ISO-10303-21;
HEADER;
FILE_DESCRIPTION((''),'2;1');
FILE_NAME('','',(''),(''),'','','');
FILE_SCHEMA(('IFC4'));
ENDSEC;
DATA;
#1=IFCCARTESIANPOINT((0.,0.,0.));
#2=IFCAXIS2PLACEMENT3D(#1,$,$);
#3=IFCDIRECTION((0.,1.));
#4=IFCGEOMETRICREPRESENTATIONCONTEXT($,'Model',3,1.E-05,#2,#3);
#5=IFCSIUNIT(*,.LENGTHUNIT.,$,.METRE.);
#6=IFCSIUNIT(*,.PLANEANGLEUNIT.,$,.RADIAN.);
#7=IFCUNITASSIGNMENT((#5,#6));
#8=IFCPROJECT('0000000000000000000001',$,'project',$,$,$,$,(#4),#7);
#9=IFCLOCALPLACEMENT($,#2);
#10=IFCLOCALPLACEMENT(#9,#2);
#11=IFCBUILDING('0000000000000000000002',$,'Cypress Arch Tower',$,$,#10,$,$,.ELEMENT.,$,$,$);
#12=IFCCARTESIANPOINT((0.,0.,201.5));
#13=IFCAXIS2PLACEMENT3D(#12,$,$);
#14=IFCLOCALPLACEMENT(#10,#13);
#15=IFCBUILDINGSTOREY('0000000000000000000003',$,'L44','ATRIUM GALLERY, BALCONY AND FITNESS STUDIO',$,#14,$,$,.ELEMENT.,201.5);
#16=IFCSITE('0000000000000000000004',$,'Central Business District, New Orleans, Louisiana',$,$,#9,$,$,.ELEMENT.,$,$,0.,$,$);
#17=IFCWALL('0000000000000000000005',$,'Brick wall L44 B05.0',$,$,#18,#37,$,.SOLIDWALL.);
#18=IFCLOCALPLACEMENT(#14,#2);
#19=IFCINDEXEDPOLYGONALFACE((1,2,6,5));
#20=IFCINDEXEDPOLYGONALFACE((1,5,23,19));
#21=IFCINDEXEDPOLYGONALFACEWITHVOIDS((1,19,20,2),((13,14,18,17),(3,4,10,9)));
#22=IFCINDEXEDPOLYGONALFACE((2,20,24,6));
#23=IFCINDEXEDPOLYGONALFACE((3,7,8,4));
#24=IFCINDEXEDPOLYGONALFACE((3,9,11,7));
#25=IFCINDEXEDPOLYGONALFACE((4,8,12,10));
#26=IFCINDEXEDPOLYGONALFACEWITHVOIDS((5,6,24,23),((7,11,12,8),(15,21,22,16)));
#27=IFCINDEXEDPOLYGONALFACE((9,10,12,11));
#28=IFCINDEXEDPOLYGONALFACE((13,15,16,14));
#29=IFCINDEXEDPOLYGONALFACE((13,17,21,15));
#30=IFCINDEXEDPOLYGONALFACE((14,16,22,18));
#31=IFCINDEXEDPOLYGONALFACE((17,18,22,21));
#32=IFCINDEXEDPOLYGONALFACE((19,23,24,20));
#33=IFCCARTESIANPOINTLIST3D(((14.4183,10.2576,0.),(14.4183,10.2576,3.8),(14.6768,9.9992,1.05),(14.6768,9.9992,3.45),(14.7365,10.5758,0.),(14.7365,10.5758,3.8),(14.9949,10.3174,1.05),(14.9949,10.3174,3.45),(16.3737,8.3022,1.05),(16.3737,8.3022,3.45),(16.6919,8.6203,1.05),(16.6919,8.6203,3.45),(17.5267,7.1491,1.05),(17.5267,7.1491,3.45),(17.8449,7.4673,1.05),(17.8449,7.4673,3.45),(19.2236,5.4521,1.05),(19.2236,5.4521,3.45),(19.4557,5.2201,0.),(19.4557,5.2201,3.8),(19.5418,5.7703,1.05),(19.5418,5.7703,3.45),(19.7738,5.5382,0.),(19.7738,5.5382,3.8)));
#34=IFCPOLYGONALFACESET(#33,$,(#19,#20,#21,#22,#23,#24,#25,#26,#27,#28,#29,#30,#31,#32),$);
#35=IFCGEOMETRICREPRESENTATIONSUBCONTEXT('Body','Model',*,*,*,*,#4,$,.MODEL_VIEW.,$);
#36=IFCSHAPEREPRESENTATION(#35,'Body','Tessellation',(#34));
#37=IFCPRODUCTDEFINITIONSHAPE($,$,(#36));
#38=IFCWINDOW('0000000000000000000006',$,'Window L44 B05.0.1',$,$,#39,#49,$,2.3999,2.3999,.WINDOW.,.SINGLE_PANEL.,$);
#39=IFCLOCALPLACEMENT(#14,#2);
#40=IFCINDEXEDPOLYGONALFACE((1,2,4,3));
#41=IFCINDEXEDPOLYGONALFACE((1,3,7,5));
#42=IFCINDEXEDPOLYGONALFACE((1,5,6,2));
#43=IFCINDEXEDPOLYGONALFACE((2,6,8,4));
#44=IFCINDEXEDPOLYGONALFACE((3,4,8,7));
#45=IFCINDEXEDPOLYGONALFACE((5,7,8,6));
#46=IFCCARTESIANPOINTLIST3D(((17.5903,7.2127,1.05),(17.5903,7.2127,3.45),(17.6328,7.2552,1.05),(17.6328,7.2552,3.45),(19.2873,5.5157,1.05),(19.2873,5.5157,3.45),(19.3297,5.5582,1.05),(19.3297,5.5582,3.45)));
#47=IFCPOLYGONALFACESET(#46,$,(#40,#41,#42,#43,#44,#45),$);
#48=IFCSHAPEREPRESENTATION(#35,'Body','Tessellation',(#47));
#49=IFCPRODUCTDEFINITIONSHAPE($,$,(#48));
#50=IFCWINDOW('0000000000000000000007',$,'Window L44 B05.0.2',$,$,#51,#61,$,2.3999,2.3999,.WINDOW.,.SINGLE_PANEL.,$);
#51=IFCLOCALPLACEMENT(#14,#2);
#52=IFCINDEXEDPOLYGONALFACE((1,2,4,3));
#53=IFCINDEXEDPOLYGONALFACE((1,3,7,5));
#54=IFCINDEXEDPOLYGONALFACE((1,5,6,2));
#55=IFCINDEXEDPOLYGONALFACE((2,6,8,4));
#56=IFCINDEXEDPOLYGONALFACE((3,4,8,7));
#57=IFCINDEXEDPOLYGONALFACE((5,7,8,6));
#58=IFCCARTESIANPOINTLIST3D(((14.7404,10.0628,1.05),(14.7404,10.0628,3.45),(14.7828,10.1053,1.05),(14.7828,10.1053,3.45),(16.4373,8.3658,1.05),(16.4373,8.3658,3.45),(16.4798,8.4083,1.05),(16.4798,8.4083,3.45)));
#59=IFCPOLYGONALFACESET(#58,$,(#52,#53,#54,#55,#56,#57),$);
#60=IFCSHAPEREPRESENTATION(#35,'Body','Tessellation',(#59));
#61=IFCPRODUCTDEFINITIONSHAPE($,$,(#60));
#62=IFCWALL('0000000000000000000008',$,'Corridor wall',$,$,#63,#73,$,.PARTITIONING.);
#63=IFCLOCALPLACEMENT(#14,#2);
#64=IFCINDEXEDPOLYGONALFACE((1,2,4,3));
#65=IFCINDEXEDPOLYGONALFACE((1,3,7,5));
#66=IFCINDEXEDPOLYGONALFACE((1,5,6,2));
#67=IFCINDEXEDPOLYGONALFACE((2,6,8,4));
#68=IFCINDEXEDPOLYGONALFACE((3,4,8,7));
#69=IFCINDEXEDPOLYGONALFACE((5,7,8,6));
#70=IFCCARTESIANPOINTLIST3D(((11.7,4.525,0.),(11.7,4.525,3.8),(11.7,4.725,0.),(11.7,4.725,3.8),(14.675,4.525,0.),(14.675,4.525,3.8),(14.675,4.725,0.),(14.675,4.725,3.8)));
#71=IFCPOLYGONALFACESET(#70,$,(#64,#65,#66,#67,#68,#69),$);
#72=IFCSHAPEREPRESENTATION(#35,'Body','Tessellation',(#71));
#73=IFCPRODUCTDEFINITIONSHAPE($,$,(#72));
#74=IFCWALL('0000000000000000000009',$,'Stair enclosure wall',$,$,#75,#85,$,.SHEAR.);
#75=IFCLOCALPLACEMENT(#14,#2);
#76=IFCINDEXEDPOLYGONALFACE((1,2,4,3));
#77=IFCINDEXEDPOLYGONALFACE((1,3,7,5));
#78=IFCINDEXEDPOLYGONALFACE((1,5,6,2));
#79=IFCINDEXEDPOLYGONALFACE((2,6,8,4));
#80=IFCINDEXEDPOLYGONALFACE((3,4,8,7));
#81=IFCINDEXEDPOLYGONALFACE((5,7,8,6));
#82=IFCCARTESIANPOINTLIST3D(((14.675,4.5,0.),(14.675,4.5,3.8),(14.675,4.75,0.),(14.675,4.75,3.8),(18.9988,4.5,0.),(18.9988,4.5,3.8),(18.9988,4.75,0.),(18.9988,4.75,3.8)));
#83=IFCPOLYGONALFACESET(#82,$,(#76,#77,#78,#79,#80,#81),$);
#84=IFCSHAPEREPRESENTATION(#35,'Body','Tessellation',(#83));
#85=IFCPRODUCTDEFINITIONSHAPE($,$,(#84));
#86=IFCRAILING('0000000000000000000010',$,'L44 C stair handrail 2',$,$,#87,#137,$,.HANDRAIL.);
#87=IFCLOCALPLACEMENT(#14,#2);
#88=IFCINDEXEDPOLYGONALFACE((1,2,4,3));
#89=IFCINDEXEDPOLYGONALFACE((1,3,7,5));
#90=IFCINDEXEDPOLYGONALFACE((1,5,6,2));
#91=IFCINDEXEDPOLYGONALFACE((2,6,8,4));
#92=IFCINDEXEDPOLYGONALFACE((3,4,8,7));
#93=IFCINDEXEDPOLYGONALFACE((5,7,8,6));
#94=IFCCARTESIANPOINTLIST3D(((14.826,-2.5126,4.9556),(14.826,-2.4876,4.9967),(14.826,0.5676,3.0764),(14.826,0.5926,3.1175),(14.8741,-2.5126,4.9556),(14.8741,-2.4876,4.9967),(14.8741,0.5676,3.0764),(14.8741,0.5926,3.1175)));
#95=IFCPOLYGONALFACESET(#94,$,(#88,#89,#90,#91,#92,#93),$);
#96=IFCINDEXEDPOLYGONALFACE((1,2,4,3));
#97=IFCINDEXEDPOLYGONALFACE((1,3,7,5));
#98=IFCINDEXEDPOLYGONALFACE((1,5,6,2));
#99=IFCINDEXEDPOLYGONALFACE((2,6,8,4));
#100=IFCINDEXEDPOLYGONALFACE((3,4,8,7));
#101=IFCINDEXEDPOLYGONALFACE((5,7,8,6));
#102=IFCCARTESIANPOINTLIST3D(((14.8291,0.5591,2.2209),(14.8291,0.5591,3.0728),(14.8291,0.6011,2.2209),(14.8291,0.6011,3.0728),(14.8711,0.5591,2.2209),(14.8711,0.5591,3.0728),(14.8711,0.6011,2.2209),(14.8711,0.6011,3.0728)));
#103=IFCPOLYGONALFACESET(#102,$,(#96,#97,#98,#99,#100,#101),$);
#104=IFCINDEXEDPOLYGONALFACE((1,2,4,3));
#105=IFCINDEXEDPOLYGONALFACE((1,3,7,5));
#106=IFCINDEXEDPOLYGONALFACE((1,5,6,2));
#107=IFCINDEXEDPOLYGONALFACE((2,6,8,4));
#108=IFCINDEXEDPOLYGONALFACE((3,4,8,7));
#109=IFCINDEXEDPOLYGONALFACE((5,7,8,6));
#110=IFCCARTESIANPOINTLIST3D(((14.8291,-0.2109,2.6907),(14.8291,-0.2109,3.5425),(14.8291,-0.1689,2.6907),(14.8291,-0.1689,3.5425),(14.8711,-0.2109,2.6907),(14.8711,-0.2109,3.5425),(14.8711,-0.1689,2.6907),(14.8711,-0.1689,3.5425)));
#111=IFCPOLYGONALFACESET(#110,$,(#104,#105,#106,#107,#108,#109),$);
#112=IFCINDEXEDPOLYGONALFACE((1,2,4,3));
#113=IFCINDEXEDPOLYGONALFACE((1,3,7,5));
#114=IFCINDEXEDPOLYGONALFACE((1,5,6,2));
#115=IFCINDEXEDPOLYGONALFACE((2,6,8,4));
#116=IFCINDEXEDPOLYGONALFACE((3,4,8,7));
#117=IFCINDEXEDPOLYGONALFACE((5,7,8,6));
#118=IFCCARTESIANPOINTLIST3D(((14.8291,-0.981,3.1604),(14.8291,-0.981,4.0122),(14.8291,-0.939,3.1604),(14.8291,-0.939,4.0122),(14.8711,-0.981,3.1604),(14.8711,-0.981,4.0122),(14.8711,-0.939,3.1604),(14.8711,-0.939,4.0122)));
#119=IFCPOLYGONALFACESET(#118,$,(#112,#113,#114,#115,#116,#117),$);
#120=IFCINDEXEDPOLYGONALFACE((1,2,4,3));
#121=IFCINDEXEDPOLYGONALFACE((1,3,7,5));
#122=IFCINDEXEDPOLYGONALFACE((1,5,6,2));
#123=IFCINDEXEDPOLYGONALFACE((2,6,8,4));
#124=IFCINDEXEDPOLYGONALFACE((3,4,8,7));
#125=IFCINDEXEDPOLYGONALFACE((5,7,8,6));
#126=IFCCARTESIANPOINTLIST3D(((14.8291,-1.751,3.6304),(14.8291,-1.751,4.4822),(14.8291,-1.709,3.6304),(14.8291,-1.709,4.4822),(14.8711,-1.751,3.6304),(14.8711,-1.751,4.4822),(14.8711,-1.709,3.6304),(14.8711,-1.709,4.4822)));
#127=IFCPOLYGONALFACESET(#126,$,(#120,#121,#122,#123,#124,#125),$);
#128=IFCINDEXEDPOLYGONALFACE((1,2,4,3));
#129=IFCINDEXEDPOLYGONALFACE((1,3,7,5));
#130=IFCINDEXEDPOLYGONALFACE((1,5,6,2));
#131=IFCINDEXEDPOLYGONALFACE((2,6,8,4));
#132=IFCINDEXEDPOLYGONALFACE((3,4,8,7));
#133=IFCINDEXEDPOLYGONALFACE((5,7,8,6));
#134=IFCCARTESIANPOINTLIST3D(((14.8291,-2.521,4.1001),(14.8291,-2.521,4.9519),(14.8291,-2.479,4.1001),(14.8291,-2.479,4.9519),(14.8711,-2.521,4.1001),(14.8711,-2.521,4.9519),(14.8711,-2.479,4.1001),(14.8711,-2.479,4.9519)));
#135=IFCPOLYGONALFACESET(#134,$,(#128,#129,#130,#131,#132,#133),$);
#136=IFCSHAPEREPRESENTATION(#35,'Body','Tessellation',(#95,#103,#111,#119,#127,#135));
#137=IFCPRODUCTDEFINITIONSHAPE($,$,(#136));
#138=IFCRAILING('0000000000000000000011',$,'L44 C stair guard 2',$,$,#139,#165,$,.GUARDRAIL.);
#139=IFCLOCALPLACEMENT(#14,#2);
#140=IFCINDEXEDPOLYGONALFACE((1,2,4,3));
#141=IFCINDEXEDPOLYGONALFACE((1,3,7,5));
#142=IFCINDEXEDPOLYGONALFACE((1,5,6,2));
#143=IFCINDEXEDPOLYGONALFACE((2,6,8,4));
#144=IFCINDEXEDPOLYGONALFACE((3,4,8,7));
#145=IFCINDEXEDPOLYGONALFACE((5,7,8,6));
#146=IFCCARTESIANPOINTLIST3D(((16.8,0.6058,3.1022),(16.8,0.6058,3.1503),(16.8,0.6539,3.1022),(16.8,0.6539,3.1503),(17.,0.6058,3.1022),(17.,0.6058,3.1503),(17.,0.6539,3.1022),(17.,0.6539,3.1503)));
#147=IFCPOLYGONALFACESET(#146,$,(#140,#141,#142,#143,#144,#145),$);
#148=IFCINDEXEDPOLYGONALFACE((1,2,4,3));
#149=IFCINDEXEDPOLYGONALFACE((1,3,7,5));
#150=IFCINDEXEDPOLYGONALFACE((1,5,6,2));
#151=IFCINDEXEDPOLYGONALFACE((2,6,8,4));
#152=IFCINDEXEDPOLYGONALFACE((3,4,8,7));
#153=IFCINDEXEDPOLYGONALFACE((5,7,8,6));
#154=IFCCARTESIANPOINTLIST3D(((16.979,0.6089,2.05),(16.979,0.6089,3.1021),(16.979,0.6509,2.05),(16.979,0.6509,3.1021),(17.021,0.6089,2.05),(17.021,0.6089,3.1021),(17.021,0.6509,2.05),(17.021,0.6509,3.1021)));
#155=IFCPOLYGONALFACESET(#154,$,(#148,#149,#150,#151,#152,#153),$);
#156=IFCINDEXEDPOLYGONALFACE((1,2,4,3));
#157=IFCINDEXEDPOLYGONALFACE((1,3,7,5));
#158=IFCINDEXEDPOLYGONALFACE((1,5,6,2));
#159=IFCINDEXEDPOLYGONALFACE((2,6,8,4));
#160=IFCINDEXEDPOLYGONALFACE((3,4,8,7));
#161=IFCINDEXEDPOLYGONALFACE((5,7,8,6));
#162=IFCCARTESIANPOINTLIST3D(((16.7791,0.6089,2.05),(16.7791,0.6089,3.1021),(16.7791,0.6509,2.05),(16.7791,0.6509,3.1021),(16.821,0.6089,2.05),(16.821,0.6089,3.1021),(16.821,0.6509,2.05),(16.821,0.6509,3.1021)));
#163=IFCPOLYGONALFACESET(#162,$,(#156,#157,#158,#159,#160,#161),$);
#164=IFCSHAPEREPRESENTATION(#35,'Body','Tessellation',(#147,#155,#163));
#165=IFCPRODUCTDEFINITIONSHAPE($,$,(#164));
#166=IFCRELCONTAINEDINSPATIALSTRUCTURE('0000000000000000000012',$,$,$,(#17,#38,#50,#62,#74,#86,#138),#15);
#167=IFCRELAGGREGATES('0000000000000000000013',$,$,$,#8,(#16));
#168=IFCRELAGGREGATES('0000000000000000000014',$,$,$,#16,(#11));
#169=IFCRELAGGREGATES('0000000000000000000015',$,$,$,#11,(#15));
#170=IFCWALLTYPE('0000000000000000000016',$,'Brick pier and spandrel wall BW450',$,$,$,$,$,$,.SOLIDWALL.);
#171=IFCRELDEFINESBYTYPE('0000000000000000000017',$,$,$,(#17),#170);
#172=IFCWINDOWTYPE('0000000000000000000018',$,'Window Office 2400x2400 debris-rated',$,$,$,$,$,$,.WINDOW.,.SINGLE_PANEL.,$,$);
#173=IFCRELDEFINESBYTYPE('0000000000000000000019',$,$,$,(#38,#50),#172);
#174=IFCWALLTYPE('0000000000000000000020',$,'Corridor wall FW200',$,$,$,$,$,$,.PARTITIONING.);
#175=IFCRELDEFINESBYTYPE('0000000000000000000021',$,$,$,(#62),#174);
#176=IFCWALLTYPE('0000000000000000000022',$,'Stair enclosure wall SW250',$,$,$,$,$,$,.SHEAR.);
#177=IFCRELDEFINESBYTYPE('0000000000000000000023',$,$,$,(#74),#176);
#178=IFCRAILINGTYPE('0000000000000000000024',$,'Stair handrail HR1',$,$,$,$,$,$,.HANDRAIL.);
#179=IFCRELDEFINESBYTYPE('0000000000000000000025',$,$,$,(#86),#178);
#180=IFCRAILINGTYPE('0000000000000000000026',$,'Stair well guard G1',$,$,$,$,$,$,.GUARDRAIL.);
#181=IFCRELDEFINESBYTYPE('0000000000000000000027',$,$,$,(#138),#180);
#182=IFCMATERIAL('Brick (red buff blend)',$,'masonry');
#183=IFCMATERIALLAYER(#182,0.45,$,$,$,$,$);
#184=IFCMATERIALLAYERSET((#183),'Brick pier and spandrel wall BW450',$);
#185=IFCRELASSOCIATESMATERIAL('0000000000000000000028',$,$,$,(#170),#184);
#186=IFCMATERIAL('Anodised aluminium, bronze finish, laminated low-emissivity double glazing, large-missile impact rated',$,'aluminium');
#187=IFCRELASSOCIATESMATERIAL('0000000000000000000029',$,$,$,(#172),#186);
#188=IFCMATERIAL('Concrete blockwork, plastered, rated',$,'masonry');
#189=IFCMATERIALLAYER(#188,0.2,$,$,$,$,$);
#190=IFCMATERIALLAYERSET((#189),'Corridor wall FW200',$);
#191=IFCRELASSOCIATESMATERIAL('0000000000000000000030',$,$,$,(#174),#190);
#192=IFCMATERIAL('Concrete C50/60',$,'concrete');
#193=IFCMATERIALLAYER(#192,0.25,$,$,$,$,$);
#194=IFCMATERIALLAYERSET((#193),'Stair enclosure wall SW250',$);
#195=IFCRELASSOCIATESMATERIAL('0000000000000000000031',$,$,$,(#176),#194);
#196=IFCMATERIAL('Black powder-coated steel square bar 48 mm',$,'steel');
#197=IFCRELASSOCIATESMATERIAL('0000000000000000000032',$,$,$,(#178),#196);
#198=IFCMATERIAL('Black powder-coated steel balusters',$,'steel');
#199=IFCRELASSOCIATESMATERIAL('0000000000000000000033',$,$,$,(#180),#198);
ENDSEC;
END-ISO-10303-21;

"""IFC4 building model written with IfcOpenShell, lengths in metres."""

from ifc_helpers import new_model, si_unit, direction, frame, frame_2d, origin, origin_2d, place, context, subcontext, project, spatial, rectangle, extrude, material, layer, layer_set, type_object, element, fill, save


model = new_model("IFC4")

# Units and contexts
model_context = context("Model", 3, precision=1e-05, world=origin(), true_north=direction((0.0, 1.0)))
body_context = subcontext(model_context, "Body", "Model", "MODEL_VIEW")
ifc_project = project(units=[si_unit("LENGTHUNIT", "METRE"), si_unit("PLANEANGLEUNIT", "RADIAN")], contexts=[model_context])

# Site, building, storey
site_placement = place(None, origin())
site = spatial("IfcSite", under=ifc_project, at=site_placement, Name="Central Business District, New Orleans, Louisiana", CompositionType="ELEMENT", RefElevation=0.0)
building_placement = place(site_placement, origin())
building = spatial("IfcBuilding", under=site, at=building_placement, Name="Cypress Arch Tower", CompositionType="ELEMENT")
storey_placement = place(building_placement, frame((0.0, 0.0, 201.5)))
storey = spatial("IfcBuildingStorey", under=building, at=storey_placement, Name="L44", Description="ATRIUM GALLERY, BALCONY AND FITNESS STUDIO", CompositionType="ELEMENT", Elevation=201.5)

# Wall, openings, windows
ifc_material_1 = material(Name="Brick (red buff blend)", Category="masonry")
ifc_layer_1 = layer(ifc_material_1, 0.45)
ifc_layer_set_1 = layer_set([ifc_layer_1], Name="Brick pier and spandrel wall BW450")
wall_type_1 = type_object("IfcWallType", Name="Brick pier and spandrel wall BW450", PredefinedType="SOLIDWALL", material=ifc_layer_set_1)
wall_1_placement = place(storey_placement, frame((19.6147, 5.3792, 0.0), z_axis=(0.0, 0.0, 1.0), x_axis=(-0.70709, 0.707124, 0.0)))
wall_1 = element("IfcWall", 1, at=wall_1_placement, inside=storey, type_object=wall_type_1, Name="Brick wall L44 B05.0", PredefinedType="SOLIDWALL", context=body_context, shape_type="SweptSolid", body=[
    extrude(rectangle(XDim=7.124, YDim=0.45, at=frame_2d((3.562, 0.0))), origin(), (0.0, 0.0, 1.0), 3.8),
])
opening_1_placement = place(wall_1_placement, frame((0.3281, 0.0, 1.05)))
opening_1 = element("IfcOpeningElement", 2, at=opening_1_placement, cuts=wall_1, PredefinedType="OPENING", context=body_context, shape_type="SweptSolid", body=[
    extrude(rectangle(XDim=2.3999, YDim=2.3999, at=frame_2d((1.2, 1.2))), frame((0.0, 0.2349, 0.0), z_axis=(0.0, -1.0, 0.0), x_axis=(1.0, 0.0, 0.0)), (0.0, 0.0, 1.0), 0.47),
])
opening_2_placement = place(wall_1_placement, frame((4.3586, 0.0, 1.05)))
opening_2 = element("IfcOpeningElement", 3, at=opening_2_placement, cuts=wall_1, PredefinedType="OPENING", context=body_context, shape_type="SweptSolid", body=[
    extrude(rectangle(XDim=2.3999, YDim=2.3999, at=frame_2d((1.2, 1.2))), frame((0.0, 0.2349, 0.0), z_axis=(0.0, -1.0, 0.0), x_axis=(1.0, 0.0, 0.0)), (0.0, 0.0, 1.0), 0.47),
])
ifc_material_2 = material(Name="Anodised aluminium, bronze finish, laminated low-emissivity double glazing, large-missile impact rated", Category="aluminium")
window_type = type_object("IfcWindowType", Name="Window Office 2400x2400 debris-rated", PartitioningType="SINGLE_PANEL", PredefinedType="WINDOW", material=ifc_material_2)
window_1_placement = place(opening_1_placement, origin())
window_1 = element("IfcWindow", 4, at=window_1_placement, inside=storey, type_object=window_type, Name="Window L44 B05.0.1", OverallHeight=2.3999, OverallWidth=2.3999, PartitioningType="SINGLE_PANEL", PredefinedType="WINDOW", context=body_context, shape_type="SweptSolid", body=[
    extrude(rectangle(XDim=2.3999, YDim=2.3999, at=frame_2d((1.2, 1.2))), frame((0.0, 0.135, 0.0), z_axis=(0.0, -1.0, 0.0), x_axis=(1.0, 0.0, 0.0)), (0.0, 0.0, 1.0), 0.0601),
])
fill(opening_1, window_1)
window_2_placement = place(opening_2_placement, origin())
window_2 = element("IfcWindow", 5, at=window_2_placement, inside=storey, type_object=window_type, Name="Window L44 B05.0.2", OverallHeight=2.3999, OverallWidth=2.3999, PartitioningType="SINGLE_PANEL", PredefinedType="WINDOW", context=body_context, shape_type="SweptSolid", body=[
    extrude(rectangle(XDim=2.3999, YDim=2.3999, at=frame_2d((1.2, 1.2))), frame((0.0, 0.135, 0.0), z_axis=(0.0, -1.0, 0.0), x_axis=(1.0, 0.0, 0.0)), (0.0, 0.0, 1.0), 0.0601),
])
fill(opening_2, window_2)

# Walls
ifc_material_3 = material(Name="Concrete blockwork, plastered, rated", Category="masonry")
ifc_layer_2 = layer(ifc_material_3, 0.2)
ifc_layer_set_2 = layer_set([ifc_layer_2], Name="Corridor wall FW200")
wall_type_2 = type_object("IfcWallType", Name="Corridor wall FW200", PredefinedType="PARTITIONING", material=ifc_layer_set_2)
wall_2_placement = place(storey_placement, frame((11.7, 4.625, 0.0), z_axis=(0.0, 0.0, 1.0), x_axis=(1.0, 0.0, 0.0)))
element("IfcWall", 6, at=wall_2_placement, inside=storey, type_object=wall_type_2, Name="Corridor wall", PredefinedType="PARTITIONING", context=body_context, shape_type="SweptSolid", body=[
    extrude(rectangle(XDim=2.9751, YDim=0.2, at=frame_2d((1.4875, 0.0))), origin(), (0.0, 0.0, 1.0), 3.8),
])
ifc_material_4 = material(Name="Concrete C50/60", Category="concrete")
ifc_layer_3 = layer(ifc_material_4, 0.25)
ifc_layer_set_3 = layer_set([ifc_layer_3], Name="Stair enclosure wall SW250")
wall_type_3 = type_object("IfcWallType", Name="Stair enclosure wall SW250", PredefinedType="SHEAR", material=ifc_layer_set_3)
wall_3_placement = place(storey_placement, frame((14.675, 4.625, 0.0), z_axis=(0.0, 0.0, 1.0), x_axis=(1.0, 0.0, 0.0)))
element("IfcWall", 7, at=wall_3_placement, inside=storey, type_object=wall_type_3, Name="Stair enclosure wall", PredefinedType="SHEAR", context=body_context, shape_type="SweptSolid", body=[
    extrude(rectangle(XDim=4.3237, YDim=0.25, at=frame_2d((2.1619, 0.0))), origin(), (0.0, 0.0, 1.0), 3.8),
])

# Railings
ifc_material_5 = material(Name="Black powder-coated steel square bar 48 mm", Category="steel")
railing_type_1 = type_object("IfcRailingType", Name="Stair handrail HR1", PredefinedType="HANDRAIL", material=ifc_material_5)
railing_1_placement = place(storey_placement, frame((14.8501, 0.5801, 2.2209)))
element("IfcRailing", 8, at=railing_1_placement, inside=storey, type_object=railing_type_1, Name="L44 C stair handrail 2", PredefinedType="HANDRAIL", context=body_context, shape_type="SweptSolid", body=[
    extrude(rectangle(XDim=0.0481, YDim=0.0481, at=origin_2d()), frame((0.0, 0.0, 0.876), z_axis=(0.0, -0.853666, 0.52082), x_axis=(1.0, 0.0, 0.0)), (0.0, 0.0, 1.0), 3.6082),
    extrude(rectangle(XDim=0.042, YDim=0.042, at=origin_2d()), origin(), (0.0, 0.0, 1.0), 0.8518),
    extrude(rectangle(XDim=0.042, YDim=0.042, at=origin_2d()), frame((0.0, -0.77, 0.4697)), (0.0, 0.0, 1.0), 0.8518),
    extrude(rectangle(XDim=0.042, YDim=0.042, at=origin_2d()), frame((0.0, -1.54, 0.9395)), (0.0, 0.0, 1.0), 0.8518),
    extrude(rectangle(XDim=0.042, YDim=0.042, at=origin_2d()), frame((0.0, -2.3101, 1.4094)), (0.0, 0.0, 1.0), 0.8518),
    extrude(rectangle(XDim=0.042, YDim=0.042, at=origin_2d()), frame((0.0, -3.0801, 1.8792)), (0.0, 0.0, 1.0), 0.8518),
])
ifc_material_6 = material(Name="Black powder-coated steel balusters", Category="steel")
railing_type_2 = type_object("IfcRailingType", Name="Stair well guard G1", PredefinedType="GUARDRAIL", material=ifc_material_6)
railing_2_placement = place(storey_placement, frame((17.0, 0.6299, 2.05)))
element("IfcRailing", 9, at=railing_2_placement, inside=storey, type_object=railing_type_2, Name="L44 C stair guard 2", PredefinedType="GUARDRAIL", context=body_context, shape_type="SweptSolid", body=[
    extrude(rectangle(XDim=0.0481, YDim=0.0481, at=origin_2d()), frame((0.0, 0.0, 1.0762), z_axis=(-1.0, 0.0, 0.0), x_axis=(0.0, -1.0, 0.0)), (0.0, 0.0, 1.0), 0.2),
    extrude(rectangle(XDim=0.042, YDim=0.042, at=origin_2d()), origin(), (0.0, 0.0, 1.0), 1.052),
    extrude(rectangle(XDim=0.042, YDim=0.042, at=origin_2d()), frame((-0.2, 0.0, 0.0)), (0.0, 0.0, 1.0), 1.052),
])

save(model, "model.ifc")
